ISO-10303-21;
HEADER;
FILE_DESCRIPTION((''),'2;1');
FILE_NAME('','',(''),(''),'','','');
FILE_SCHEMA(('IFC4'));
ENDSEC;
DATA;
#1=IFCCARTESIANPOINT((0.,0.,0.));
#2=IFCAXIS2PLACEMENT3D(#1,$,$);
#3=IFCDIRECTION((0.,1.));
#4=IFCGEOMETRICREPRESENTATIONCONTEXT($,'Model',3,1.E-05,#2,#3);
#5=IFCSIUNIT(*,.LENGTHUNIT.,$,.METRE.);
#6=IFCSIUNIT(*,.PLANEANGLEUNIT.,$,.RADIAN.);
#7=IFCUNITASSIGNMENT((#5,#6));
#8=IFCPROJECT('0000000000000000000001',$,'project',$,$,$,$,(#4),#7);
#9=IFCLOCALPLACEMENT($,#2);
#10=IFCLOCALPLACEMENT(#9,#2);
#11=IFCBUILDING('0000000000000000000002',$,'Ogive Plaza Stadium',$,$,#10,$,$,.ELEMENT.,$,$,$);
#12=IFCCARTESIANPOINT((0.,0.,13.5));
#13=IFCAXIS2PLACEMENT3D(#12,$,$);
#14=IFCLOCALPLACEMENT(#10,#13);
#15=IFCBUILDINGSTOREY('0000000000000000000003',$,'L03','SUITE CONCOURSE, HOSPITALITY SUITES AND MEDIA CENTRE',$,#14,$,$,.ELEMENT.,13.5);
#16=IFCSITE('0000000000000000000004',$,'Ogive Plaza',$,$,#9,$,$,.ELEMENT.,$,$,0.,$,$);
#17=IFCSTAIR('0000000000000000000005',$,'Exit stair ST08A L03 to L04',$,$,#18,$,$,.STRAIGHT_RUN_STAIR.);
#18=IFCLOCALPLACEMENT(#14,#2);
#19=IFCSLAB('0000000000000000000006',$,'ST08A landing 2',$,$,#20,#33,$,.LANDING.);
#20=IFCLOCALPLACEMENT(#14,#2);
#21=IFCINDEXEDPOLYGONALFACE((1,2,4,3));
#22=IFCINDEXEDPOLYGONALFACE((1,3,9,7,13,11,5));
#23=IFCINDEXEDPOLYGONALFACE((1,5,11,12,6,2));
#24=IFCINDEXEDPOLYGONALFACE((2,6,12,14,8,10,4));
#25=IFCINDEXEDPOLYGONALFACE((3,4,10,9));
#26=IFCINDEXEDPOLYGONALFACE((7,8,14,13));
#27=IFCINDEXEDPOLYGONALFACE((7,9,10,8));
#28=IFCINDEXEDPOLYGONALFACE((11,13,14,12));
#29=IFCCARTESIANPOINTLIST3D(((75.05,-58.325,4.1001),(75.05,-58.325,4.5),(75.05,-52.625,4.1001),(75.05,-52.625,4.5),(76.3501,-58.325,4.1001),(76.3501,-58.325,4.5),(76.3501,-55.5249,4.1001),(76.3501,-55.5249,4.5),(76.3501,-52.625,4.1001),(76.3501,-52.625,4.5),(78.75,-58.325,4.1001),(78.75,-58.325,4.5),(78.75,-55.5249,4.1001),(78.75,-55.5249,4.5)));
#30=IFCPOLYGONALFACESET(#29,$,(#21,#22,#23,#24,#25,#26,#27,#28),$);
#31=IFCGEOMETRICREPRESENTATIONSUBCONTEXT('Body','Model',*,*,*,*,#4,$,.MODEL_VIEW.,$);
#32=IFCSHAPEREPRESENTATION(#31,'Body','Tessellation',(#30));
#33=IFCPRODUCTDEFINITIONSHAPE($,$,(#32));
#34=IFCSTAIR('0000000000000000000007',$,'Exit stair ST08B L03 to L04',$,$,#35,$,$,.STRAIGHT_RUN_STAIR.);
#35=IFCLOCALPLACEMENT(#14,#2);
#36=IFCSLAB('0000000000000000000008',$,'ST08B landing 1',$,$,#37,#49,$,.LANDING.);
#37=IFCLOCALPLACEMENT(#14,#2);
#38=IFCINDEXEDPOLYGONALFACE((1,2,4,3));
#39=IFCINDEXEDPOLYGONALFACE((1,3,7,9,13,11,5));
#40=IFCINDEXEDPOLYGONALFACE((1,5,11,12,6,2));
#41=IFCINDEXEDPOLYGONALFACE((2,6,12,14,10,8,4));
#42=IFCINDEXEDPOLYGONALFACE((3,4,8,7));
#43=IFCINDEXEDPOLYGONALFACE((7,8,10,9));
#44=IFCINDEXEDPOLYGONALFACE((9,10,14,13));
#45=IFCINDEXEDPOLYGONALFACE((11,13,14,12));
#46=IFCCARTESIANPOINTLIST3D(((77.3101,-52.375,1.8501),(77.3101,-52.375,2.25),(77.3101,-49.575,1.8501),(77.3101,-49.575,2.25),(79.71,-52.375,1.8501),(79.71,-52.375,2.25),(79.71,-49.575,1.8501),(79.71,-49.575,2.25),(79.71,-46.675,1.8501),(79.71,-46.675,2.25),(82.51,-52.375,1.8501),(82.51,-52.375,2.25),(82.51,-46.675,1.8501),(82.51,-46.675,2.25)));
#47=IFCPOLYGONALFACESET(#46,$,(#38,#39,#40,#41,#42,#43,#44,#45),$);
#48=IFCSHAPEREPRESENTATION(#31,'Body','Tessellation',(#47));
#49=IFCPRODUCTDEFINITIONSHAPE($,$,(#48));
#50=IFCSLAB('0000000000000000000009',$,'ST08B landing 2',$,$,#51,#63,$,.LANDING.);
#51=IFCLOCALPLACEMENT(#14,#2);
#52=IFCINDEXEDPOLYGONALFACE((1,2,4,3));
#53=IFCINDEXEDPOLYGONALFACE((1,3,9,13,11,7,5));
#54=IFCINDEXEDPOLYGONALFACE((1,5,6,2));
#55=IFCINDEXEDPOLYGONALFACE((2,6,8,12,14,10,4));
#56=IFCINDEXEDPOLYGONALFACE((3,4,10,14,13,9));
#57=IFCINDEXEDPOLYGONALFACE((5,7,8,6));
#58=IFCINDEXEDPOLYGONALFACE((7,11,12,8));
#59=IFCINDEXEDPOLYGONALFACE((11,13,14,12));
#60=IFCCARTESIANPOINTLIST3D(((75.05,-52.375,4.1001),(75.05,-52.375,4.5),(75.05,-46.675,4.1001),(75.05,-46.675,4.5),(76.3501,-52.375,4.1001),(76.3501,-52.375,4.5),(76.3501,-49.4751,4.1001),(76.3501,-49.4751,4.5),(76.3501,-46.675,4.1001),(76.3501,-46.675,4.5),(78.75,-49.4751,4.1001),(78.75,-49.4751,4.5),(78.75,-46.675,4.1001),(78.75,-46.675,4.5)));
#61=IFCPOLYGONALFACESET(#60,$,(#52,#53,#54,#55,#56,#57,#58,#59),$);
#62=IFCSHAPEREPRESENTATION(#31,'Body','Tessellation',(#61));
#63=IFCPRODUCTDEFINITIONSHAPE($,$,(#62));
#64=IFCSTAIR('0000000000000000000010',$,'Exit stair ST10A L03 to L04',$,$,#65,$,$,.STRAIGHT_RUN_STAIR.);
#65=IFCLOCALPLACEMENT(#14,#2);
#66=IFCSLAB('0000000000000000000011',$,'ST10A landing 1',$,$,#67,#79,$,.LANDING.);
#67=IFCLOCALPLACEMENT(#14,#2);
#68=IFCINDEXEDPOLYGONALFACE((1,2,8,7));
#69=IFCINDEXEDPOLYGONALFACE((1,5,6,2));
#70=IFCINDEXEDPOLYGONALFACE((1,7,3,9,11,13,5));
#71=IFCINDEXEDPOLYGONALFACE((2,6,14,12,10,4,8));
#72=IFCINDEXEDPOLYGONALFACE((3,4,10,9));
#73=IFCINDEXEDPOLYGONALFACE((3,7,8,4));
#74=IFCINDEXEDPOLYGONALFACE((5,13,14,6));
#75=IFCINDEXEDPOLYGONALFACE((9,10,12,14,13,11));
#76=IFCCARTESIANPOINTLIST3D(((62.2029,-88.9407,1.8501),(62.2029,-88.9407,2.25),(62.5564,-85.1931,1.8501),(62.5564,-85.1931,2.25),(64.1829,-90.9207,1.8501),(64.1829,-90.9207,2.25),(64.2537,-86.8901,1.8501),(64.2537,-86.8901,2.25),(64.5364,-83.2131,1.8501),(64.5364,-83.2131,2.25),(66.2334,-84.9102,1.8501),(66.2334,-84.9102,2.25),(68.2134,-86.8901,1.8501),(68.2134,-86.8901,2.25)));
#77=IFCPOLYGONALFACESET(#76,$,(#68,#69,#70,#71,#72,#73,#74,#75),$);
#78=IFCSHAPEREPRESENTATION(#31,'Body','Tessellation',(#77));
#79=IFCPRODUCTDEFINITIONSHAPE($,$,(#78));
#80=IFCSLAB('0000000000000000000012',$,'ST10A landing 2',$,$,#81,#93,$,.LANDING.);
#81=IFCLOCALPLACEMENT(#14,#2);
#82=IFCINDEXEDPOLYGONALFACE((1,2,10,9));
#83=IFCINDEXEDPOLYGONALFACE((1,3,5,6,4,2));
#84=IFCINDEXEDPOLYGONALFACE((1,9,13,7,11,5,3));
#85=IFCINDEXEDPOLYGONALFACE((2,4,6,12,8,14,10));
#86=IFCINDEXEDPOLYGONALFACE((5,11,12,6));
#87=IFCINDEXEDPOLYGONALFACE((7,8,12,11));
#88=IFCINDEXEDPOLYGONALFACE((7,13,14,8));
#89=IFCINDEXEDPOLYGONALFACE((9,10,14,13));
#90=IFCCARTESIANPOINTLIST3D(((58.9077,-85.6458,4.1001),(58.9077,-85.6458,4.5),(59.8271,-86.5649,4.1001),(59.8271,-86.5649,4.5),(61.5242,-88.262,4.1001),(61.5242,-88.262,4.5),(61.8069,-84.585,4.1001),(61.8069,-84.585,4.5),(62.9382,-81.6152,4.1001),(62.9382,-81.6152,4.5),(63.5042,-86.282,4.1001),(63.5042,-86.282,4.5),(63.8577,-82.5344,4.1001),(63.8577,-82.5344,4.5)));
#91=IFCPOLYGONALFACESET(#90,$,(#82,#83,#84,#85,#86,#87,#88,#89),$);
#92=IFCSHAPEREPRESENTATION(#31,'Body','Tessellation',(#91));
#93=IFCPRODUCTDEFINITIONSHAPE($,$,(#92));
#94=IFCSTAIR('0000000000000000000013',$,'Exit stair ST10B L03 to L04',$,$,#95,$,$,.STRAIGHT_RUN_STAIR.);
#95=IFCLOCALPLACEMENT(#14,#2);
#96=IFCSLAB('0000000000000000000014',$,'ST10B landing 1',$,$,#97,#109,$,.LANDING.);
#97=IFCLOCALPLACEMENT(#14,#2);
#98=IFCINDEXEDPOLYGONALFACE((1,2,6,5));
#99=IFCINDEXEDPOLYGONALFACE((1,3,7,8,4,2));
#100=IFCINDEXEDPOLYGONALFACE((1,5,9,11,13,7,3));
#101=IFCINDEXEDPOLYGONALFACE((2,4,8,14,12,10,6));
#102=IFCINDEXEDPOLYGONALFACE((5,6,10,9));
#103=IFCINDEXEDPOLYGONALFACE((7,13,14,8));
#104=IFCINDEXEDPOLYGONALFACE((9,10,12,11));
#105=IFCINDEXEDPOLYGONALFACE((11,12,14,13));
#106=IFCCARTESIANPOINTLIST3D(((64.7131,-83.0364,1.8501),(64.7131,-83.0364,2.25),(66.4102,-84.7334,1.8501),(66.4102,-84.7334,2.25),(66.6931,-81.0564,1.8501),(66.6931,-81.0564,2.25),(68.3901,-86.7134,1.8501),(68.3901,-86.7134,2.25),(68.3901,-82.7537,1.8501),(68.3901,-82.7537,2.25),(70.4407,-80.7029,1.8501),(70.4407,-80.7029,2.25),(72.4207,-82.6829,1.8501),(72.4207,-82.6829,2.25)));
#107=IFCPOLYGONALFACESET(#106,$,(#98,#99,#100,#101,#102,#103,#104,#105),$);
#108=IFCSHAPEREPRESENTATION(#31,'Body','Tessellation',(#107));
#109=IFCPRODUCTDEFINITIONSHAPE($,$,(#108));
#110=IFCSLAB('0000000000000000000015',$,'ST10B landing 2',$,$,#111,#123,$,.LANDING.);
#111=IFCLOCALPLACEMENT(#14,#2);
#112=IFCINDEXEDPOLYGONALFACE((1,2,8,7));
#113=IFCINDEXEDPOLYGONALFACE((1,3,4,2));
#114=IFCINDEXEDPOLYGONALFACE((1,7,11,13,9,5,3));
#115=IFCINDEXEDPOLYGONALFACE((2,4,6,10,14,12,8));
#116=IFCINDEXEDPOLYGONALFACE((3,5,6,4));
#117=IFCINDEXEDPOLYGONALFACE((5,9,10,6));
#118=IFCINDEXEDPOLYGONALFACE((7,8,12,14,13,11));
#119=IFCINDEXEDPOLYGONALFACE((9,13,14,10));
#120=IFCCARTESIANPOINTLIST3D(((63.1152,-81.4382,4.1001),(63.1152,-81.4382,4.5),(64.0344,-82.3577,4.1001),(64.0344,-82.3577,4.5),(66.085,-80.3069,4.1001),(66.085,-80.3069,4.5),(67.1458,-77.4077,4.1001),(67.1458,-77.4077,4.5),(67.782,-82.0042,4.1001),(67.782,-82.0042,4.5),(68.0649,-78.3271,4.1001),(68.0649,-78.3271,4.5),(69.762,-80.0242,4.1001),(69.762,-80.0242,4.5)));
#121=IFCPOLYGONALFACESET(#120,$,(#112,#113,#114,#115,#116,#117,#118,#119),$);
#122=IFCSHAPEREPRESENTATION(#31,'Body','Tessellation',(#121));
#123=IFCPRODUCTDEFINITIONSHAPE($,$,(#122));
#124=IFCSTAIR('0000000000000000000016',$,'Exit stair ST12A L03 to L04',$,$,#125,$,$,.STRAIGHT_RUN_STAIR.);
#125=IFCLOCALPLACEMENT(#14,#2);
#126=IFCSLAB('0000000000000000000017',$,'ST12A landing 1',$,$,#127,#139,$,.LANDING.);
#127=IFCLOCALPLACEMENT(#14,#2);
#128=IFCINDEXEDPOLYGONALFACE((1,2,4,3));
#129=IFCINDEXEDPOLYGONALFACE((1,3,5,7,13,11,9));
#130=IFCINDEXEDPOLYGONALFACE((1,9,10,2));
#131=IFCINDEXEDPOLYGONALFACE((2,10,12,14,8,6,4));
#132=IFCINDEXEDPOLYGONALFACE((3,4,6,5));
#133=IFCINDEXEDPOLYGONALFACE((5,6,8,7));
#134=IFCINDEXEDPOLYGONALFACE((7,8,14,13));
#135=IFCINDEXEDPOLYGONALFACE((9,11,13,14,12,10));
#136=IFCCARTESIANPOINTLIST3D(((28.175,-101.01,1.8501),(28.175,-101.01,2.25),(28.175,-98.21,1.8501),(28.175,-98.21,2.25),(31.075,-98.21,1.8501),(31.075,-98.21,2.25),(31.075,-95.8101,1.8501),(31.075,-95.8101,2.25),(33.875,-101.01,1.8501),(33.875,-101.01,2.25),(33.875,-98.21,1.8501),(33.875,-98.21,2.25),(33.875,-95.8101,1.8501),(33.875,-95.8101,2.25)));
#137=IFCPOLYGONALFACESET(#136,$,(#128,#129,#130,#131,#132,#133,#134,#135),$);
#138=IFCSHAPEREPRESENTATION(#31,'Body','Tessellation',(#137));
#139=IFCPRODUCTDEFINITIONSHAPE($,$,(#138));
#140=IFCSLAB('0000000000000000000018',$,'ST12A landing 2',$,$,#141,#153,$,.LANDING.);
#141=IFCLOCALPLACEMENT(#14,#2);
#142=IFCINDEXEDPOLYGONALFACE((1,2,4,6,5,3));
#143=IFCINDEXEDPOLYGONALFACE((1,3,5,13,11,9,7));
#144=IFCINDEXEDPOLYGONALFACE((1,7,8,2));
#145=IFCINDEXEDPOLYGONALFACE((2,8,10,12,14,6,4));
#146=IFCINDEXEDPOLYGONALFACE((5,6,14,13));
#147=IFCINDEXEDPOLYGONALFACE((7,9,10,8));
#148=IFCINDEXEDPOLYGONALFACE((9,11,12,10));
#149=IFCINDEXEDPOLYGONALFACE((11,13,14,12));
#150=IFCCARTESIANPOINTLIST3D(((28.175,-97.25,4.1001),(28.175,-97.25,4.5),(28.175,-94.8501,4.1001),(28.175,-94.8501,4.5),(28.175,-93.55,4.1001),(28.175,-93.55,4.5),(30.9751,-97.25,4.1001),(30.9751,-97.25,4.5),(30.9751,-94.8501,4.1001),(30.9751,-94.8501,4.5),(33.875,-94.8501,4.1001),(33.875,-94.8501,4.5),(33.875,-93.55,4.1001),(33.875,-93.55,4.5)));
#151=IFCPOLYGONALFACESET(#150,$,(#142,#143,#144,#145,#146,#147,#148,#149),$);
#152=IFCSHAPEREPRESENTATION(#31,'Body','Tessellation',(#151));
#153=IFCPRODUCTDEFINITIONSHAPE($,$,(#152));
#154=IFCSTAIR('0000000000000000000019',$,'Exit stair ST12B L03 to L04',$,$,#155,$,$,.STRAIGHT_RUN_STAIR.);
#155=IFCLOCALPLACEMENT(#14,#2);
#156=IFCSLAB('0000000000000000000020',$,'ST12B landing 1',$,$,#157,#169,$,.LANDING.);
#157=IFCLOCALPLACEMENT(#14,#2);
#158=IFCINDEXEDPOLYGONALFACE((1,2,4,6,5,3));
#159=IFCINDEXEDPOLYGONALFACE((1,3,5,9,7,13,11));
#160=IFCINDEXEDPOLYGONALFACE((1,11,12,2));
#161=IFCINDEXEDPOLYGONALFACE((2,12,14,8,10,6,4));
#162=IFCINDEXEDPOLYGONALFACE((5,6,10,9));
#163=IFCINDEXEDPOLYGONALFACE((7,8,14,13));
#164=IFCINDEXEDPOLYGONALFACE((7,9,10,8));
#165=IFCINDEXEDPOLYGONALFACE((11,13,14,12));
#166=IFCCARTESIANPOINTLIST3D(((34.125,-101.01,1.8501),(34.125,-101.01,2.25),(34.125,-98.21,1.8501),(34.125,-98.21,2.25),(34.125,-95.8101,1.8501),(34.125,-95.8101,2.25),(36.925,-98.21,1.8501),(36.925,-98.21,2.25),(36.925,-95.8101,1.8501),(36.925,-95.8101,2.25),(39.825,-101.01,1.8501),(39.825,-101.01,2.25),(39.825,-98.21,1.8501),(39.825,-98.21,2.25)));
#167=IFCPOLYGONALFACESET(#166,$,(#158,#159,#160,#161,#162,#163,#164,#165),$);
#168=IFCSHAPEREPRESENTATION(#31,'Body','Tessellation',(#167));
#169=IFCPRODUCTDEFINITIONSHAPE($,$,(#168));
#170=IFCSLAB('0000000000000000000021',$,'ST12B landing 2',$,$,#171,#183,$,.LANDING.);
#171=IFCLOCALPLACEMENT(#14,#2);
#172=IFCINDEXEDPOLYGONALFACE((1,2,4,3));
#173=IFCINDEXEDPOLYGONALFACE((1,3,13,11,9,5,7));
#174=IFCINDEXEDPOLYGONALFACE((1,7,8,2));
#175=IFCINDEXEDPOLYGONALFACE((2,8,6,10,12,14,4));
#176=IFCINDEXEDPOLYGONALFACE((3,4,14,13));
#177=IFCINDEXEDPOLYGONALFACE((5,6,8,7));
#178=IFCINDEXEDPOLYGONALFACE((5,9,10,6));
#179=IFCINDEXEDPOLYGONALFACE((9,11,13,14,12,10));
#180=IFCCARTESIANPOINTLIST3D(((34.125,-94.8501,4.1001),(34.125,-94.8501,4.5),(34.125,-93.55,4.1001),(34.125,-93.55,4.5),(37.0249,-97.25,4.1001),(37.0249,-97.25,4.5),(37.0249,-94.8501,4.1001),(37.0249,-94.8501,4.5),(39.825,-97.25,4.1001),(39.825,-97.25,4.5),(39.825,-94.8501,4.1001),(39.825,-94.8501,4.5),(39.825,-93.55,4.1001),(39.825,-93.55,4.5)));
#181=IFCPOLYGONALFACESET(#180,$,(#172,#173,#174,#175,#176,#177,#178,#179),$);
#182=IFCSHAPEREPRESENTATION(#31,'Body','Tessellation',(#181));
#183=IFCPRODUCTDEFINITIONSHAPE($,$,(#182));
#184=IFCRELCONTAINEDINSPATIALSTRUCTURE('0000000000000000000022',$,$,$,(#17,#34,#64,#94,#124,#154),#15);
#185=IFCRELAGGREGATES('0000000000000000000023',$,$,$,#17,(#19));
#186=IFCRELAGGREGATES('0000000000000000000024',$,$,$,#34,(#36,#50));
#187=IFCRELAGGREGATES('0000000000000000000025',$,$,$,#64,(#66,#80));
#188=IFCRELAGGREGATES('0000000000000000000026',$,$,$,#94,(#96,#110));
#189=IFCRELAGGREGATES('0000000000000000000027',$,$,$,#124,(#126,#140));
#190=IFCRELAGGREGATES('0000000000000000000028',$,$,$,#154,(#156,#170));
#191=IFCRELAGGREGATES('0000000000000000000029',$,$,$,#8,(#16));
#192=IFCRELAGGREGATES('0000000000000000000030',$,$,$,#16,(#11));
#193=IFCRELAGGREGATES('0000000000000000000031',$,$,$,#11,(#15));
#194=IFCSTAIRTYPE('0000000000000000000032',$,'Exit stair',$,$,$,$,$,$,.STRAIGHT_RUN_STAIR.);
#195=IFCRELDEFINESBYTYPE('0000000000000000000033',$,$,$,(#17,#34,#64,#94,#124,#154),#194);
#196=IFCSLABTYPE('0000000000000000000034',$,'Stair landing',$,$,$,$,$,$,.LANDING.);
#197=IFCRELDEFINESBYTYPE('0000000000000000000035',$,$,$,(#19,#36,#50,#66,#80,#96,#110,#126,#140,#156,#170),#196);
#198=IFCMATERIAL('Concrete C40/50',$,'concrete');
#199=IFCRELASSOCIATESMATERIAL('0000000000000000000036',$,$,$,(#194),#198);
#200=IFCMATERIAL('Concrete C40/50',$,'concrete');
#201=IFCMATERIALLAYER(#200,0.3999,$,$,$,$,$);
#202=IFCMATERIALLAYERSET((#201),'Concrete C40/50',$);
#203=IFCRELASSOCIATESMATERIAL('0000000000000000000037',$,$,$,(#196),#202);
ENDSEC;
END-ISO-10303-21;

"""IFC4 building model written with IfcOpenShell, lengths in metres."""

from ifc_helpers import new_model, si_unit, direction, frame, origin, place, context, subcontext, project, spatial, polyline, outline, extrude, material, layer, layer_set, type_object, element, aggregate, save


model = new_model("IFC4")

# Units and contexts
model_context = context("Model", 3, precision=1e-05, world=origin(), true_north=direction((0.0, 1.0)))
body_context = subcontext(model_context, "Body", "Model", "MODEL_VIEW")
ifc_project = project(units=[si_unit("LENGTHUNIT", "METRE"), si_unit("PLANEANGLEUNIT", "RADIAN")], contexts=[model_context])

# Site, building, storey
site_placement = place(None, origin())
site = spatial("IfcSite", under=ifc_project, at=site_placement, Name="Ogive Plaza", CompositionType="ELEMENT", RefElevation=0.0)
building_placement = place(site_placement, origin())
building = spatial("IfcBuilding", under=site, at=building_placement, Name="Ogive Plaza Stadium", CompositionType="ELEMENT")
storey_placement = place(building_placement, frame((0.0, 0.0, 13.5)))
storey = spatial("IfcBuildingStorey", under=building, at=storey_placement, Name="L03", Description="SUITE CONCOURSE, HOSPITALITY SUITES AND MEDIA CENTRE", CompositionType="ELEMENT", Elevation=13.5)

# Stairs, slabs
ifc_material_1 = material(Name="Concrete C40/50", Category="concrete")
stair_type = type_object("IfcStairType", Name="Exit stair", PredefinedType="STRAIGHT_RUN_STAIR", material=ifc_material_1)
ifc_material_2 = material(Name="Concrete C40/50", Category="concrete")
ifc_layer_1 = layer(ifc_material_2, 0.3999)
ifc_layer_set_1 = layer_set([ifc_layer_1], Name="Concrete C40/50")
slab_type_1 = type_object("IfcSlabType", Name="Stair landing", PredefinedType="LANDING", material=ifc_layer_set_1)
stair_1_placement = place(storey_placement, origin())
stair_1 = element("IfcStair", 1, at=stair_1_placement, inside=storey, type_object=stair_type, Name="Exit stair ST08A L03 to L04", PredefinedType="STRAIGHT_RUN_STAIR")
slab_1_placement = place(storey_placement, frame((0.0, 0.0, 4.1001)))
slab_1 = element("IfcSlab", 2, at=slab_1_placement, type_object=slab_type_1, Name="ST08A landing 2", PredefinedType="LANDING", context=body_context, shape_type="SweptSolid", body=[
    extrude(outline(polyline([(78.75, -55.5249), (78.75, -58.325), (76.3501, -58.325), (75.05, -58.325), (75.05, -52.625), (76.3501, -52.625), (76.3501, -55.5249), (78.75, -55.5249)])), origin(), (0.0, 0.0, 1.0), 0.3999),
])
aggregate(stair_1, [slab_1])
stair_2_placement = place(storey_placement, origin())
stair_2 = element("IfcStair", 3, at=stair_2_placement, inside=storey, type_object=stair_type, Name="Exit stair ST08B L03 to L04", PredefinedType="STRAIGHT_RUN_STAIR")
slab_2_placement = place(storey_placement, frame((0.0, 0.0, 1.8501)))
slab_2 = element("IfcSlab", 4, at=slab_2_placement, type_object=slab_type_1, Name="ST08B landing 1", PredefinedType="LANDING", context=body_context, shape_type="SweptSolid", body=[
    extrude(outline(polyline([(77.3101, -52.375), (77.3101, -49.575), (79.71, -49.575), (79.71, -46.675), (82.51, -46.675), (82.51, -52.375), (79.71, -52.375), (77.3101, -52.375)])), origin(), (0.0, 0.0, 1.0), 0.3999),
])
slab_3_placement = place(storey_placement, frame((0.0, 0.0, 4.1001)))
slab_3 = element("IfcSlab", 5, at=slab_3_placement, type_object=slab_type_1, Name="ST08B landing 2", PredefinedType="LANDING", context=body_context, shape_type="SweptSolid", body=[
    extrude(outline(polyline([(76.3501, -52.375), (75.05, -52.375), (75.05, -46.675), (76.3501, -46.675), (78.75, -46.675), (78.75, -49.4751), (76.3501, -49.4751), (76.3501, -52.375)])), origin(), (0.0, 0.0, 1.0), 0.3999),
])
aggregate(stair_2, [slab_2, slab_3])
stair_3_placement = place(storey_placement, origin())
stair_3 = element("IfcStair", 6, at=stair_3_placement, inside=storey, type_object=stair_type, Name="Exit stair ST10A L03 to L04", PredefinedType="STRAIGHT_RUN_STAIR")
slab_4_placement = place(storey_placement, frame((0.0, 0.0, 1.8501)))
slab_4 = element("IfcSlab", 7, at=slab_4_placement, type_object=slab_type_1, Name="ST10A landing 1", PredefinedType="LANDING", context=body_context, shape_type="SweptSolid", body=[
    extrude(outline(polyline([(68.2134, -86.8901), (64.1829, -90.9207), (62.2029, -88.9407), (64.2537, -86.8901), (62.5564, -85.1931), (64.5364, -83.2131), (66.2334, -84.9102), (68.2134, -86.8901)])), origin(), (0.0, 0.0, 1.0), 0.3999),
])
slab_5_placement = place(storey_placement, frame((0.0, 0.0, 4.1001)))
slab_5 = element("IfcSlab", 8, at=slab_5_placement, type_object=slab_type_1, Name="ST10A landing 2", PredefinedType="LANDING", context=body_context, shape_type="SweptSolid", body=[
    extrude(outline(polyline([(63.5042, -86.282), (61.5242, -88.262), (59.8271, -86.5649), (58.9077, -85.6458), (62.9382, -81.6152), (63.8577, -82.5344), (61.8069, -84.585), (63.5042, -86.282)])), origin(), (0.0, 0.0, 1.0), 0.3999),
])
aggregate(stair_3, [slab_4, slab_5])
stair_4_placement = place(storey_placement, origin())
stair_4 = element("IfcStair", 9, at=stair_4_placement, inside=storey, type_object=stair_type, Name="Exit stair ST10B L03 to L04", PredefinedType="STRAIGHT_RUN_STAIR")
slab_6_placement = place(storey_placement, frame((0.0, 0.0, 1.8501)))
slab_6 = element("IfcSlab", 10, at=slab_6_placement, type_object=slab_type_1, Name="ST10B landing 1", PredefinedType="LANDING", context=body_context, shape_type="SweptSolid", body=[
    extrude(outline(polyline([(64.7131, -83.0364), (66.6931, -81.0564), (68.3901, -82.7537), (70.4407, -80.7029), (72.4207, -82.6829), (68.3901, -86.7134), (66.4102, -84.7334), (64.7131, -83.0364)])), origin(), (0.0, 0.0, 1.0), 0.3999),
])
slab_7_placement = place(storey_placement, frame((0.0, 0.0, 4.1001)))
slab_7 = element("IfcSlab", 11, at=slab_7_placement, type_object=slab_type_1, Name="ST10B landing 2", PredefinedType="LANDING", context=body_context, shape_type="SweptSolid", body=[
    extrude(outline(polyline([(64.0344, -82.3577), (63.1152, -81.4382), (67.1458, -77.4077), (68.0649, -78.3271), (69.762, -80.0242), (67.782, -82.0042), (66.085, -80.3069), (64.0344, -82.3577)])), origin(), (0.0, 0.0, 1.0), 0.3999),
])
aggregate(stair_4, [slab_6, slab_7])
stair_5_placement = place(storey_placement, origin())
stair_5 = element("IfcStair", 12, at=stair_5_placement, inside=storey, type_object=stair_type, Name="Exit stair ST12A L03 to L04", PredefinedType="STRAIGHT_RUN_STAIR")
slab_8_placement = place(storey_placement, frame((0.0, 0.0, 1.8501)))
slab_8 = element("IfcSlab", 13, at=slab_8_placement, type_object=slab_type_1, Name="ST12A landing 1", PredefinedType="LANDING", context=body_context, shape_type="SweptSolid", body=[
    extrude(outline(polyline([(33.875, -101.01), (28.175, -101.01), (28.175, -98.21), (31.075, -98.21), (31.075, -95.8101), (33.875, -95.8101), (33.875, -98.21), (33.875, -101.01)])), origin(), (0.0, 0.0, 1.0), 0.3999),
])
slab_9_placement = place(storey_placement, frame((0.0, 0.0, 4.1001)))
slab_9 = element("IfcSlab", 14, at=slab_9_placement, type_object=slab_type_1, Name="ST12A landing 2", PredefinedType="LANDING", context=body_context, shape_type="SweptSolid", body=[
    extrude(outline(polyline([(30.9751, -97.25), (28.175, -97.25), (28.175, -94.8501), (28.175, -93.55), (33.875, -93.55), (33.875, -94.8501), (30.9751, -94.8501), (30.9751, -97.25)])), origin(), (0.0, 0.0, 1.0), 0.3999),
])
aggregate(stair_5, [slab_8, slab_9])
stair_6_placement = place(storey_placement, origin())
stair_6 = element("IfcStair", 15, at=stair_6_placement, inside=storey, type_object=stair_type, Name="Exit stair ST12B L03 to L04", PredefinedType="STRAIGHT_RUN_STAIR")
slab_10_placement = place(storey_placement, frame((0.0, 0.0, 1.8501)))
slab_10 = element("IfcSlab", 16, at=slab_10_placement, type_object=slab_type_1, Name="ST12B landing 1", PredefinedType="LANDING", context=body_context, shape_type="SweptSolid", body=[
    extrude(outline(polyline([(34.125, -95.8101), (36.925, -95.8101), (36.925, -98.21), (39.825, -98.21), (39.825, -101.01), (34.125, -101.01), (34.125, -98.21), (34.125, -95.8101)])), origin(), (0.0, 0.0, 1.0), 0.3999),
])
slab_11_placement = place(storey_placement, frame((0.0, 0.0, 4.1001)))
slab_11 = element("IfcSlab", 17, at=slab_11_placement, type_object=slab_type_1, Name="ST12B landing 2", PredefinedType="LANDING", context=body_context, shape_type="SweptSolid", body=[
    extrude(outline(polyline([(34.125, -94.8501), (34.125, -93.55), (39.825, -93.55), (39.825, -94.8501), (39.825, -97.25), (37.0249, -97.25), (37.0249, -94.8501), (34.125, -94.8501)])), origin(), (0.0, 0.0, 1.0), 0.3999),
])
aggregate(stair_6, [slab_10, slab_11])

save(model, "model.ifc")
